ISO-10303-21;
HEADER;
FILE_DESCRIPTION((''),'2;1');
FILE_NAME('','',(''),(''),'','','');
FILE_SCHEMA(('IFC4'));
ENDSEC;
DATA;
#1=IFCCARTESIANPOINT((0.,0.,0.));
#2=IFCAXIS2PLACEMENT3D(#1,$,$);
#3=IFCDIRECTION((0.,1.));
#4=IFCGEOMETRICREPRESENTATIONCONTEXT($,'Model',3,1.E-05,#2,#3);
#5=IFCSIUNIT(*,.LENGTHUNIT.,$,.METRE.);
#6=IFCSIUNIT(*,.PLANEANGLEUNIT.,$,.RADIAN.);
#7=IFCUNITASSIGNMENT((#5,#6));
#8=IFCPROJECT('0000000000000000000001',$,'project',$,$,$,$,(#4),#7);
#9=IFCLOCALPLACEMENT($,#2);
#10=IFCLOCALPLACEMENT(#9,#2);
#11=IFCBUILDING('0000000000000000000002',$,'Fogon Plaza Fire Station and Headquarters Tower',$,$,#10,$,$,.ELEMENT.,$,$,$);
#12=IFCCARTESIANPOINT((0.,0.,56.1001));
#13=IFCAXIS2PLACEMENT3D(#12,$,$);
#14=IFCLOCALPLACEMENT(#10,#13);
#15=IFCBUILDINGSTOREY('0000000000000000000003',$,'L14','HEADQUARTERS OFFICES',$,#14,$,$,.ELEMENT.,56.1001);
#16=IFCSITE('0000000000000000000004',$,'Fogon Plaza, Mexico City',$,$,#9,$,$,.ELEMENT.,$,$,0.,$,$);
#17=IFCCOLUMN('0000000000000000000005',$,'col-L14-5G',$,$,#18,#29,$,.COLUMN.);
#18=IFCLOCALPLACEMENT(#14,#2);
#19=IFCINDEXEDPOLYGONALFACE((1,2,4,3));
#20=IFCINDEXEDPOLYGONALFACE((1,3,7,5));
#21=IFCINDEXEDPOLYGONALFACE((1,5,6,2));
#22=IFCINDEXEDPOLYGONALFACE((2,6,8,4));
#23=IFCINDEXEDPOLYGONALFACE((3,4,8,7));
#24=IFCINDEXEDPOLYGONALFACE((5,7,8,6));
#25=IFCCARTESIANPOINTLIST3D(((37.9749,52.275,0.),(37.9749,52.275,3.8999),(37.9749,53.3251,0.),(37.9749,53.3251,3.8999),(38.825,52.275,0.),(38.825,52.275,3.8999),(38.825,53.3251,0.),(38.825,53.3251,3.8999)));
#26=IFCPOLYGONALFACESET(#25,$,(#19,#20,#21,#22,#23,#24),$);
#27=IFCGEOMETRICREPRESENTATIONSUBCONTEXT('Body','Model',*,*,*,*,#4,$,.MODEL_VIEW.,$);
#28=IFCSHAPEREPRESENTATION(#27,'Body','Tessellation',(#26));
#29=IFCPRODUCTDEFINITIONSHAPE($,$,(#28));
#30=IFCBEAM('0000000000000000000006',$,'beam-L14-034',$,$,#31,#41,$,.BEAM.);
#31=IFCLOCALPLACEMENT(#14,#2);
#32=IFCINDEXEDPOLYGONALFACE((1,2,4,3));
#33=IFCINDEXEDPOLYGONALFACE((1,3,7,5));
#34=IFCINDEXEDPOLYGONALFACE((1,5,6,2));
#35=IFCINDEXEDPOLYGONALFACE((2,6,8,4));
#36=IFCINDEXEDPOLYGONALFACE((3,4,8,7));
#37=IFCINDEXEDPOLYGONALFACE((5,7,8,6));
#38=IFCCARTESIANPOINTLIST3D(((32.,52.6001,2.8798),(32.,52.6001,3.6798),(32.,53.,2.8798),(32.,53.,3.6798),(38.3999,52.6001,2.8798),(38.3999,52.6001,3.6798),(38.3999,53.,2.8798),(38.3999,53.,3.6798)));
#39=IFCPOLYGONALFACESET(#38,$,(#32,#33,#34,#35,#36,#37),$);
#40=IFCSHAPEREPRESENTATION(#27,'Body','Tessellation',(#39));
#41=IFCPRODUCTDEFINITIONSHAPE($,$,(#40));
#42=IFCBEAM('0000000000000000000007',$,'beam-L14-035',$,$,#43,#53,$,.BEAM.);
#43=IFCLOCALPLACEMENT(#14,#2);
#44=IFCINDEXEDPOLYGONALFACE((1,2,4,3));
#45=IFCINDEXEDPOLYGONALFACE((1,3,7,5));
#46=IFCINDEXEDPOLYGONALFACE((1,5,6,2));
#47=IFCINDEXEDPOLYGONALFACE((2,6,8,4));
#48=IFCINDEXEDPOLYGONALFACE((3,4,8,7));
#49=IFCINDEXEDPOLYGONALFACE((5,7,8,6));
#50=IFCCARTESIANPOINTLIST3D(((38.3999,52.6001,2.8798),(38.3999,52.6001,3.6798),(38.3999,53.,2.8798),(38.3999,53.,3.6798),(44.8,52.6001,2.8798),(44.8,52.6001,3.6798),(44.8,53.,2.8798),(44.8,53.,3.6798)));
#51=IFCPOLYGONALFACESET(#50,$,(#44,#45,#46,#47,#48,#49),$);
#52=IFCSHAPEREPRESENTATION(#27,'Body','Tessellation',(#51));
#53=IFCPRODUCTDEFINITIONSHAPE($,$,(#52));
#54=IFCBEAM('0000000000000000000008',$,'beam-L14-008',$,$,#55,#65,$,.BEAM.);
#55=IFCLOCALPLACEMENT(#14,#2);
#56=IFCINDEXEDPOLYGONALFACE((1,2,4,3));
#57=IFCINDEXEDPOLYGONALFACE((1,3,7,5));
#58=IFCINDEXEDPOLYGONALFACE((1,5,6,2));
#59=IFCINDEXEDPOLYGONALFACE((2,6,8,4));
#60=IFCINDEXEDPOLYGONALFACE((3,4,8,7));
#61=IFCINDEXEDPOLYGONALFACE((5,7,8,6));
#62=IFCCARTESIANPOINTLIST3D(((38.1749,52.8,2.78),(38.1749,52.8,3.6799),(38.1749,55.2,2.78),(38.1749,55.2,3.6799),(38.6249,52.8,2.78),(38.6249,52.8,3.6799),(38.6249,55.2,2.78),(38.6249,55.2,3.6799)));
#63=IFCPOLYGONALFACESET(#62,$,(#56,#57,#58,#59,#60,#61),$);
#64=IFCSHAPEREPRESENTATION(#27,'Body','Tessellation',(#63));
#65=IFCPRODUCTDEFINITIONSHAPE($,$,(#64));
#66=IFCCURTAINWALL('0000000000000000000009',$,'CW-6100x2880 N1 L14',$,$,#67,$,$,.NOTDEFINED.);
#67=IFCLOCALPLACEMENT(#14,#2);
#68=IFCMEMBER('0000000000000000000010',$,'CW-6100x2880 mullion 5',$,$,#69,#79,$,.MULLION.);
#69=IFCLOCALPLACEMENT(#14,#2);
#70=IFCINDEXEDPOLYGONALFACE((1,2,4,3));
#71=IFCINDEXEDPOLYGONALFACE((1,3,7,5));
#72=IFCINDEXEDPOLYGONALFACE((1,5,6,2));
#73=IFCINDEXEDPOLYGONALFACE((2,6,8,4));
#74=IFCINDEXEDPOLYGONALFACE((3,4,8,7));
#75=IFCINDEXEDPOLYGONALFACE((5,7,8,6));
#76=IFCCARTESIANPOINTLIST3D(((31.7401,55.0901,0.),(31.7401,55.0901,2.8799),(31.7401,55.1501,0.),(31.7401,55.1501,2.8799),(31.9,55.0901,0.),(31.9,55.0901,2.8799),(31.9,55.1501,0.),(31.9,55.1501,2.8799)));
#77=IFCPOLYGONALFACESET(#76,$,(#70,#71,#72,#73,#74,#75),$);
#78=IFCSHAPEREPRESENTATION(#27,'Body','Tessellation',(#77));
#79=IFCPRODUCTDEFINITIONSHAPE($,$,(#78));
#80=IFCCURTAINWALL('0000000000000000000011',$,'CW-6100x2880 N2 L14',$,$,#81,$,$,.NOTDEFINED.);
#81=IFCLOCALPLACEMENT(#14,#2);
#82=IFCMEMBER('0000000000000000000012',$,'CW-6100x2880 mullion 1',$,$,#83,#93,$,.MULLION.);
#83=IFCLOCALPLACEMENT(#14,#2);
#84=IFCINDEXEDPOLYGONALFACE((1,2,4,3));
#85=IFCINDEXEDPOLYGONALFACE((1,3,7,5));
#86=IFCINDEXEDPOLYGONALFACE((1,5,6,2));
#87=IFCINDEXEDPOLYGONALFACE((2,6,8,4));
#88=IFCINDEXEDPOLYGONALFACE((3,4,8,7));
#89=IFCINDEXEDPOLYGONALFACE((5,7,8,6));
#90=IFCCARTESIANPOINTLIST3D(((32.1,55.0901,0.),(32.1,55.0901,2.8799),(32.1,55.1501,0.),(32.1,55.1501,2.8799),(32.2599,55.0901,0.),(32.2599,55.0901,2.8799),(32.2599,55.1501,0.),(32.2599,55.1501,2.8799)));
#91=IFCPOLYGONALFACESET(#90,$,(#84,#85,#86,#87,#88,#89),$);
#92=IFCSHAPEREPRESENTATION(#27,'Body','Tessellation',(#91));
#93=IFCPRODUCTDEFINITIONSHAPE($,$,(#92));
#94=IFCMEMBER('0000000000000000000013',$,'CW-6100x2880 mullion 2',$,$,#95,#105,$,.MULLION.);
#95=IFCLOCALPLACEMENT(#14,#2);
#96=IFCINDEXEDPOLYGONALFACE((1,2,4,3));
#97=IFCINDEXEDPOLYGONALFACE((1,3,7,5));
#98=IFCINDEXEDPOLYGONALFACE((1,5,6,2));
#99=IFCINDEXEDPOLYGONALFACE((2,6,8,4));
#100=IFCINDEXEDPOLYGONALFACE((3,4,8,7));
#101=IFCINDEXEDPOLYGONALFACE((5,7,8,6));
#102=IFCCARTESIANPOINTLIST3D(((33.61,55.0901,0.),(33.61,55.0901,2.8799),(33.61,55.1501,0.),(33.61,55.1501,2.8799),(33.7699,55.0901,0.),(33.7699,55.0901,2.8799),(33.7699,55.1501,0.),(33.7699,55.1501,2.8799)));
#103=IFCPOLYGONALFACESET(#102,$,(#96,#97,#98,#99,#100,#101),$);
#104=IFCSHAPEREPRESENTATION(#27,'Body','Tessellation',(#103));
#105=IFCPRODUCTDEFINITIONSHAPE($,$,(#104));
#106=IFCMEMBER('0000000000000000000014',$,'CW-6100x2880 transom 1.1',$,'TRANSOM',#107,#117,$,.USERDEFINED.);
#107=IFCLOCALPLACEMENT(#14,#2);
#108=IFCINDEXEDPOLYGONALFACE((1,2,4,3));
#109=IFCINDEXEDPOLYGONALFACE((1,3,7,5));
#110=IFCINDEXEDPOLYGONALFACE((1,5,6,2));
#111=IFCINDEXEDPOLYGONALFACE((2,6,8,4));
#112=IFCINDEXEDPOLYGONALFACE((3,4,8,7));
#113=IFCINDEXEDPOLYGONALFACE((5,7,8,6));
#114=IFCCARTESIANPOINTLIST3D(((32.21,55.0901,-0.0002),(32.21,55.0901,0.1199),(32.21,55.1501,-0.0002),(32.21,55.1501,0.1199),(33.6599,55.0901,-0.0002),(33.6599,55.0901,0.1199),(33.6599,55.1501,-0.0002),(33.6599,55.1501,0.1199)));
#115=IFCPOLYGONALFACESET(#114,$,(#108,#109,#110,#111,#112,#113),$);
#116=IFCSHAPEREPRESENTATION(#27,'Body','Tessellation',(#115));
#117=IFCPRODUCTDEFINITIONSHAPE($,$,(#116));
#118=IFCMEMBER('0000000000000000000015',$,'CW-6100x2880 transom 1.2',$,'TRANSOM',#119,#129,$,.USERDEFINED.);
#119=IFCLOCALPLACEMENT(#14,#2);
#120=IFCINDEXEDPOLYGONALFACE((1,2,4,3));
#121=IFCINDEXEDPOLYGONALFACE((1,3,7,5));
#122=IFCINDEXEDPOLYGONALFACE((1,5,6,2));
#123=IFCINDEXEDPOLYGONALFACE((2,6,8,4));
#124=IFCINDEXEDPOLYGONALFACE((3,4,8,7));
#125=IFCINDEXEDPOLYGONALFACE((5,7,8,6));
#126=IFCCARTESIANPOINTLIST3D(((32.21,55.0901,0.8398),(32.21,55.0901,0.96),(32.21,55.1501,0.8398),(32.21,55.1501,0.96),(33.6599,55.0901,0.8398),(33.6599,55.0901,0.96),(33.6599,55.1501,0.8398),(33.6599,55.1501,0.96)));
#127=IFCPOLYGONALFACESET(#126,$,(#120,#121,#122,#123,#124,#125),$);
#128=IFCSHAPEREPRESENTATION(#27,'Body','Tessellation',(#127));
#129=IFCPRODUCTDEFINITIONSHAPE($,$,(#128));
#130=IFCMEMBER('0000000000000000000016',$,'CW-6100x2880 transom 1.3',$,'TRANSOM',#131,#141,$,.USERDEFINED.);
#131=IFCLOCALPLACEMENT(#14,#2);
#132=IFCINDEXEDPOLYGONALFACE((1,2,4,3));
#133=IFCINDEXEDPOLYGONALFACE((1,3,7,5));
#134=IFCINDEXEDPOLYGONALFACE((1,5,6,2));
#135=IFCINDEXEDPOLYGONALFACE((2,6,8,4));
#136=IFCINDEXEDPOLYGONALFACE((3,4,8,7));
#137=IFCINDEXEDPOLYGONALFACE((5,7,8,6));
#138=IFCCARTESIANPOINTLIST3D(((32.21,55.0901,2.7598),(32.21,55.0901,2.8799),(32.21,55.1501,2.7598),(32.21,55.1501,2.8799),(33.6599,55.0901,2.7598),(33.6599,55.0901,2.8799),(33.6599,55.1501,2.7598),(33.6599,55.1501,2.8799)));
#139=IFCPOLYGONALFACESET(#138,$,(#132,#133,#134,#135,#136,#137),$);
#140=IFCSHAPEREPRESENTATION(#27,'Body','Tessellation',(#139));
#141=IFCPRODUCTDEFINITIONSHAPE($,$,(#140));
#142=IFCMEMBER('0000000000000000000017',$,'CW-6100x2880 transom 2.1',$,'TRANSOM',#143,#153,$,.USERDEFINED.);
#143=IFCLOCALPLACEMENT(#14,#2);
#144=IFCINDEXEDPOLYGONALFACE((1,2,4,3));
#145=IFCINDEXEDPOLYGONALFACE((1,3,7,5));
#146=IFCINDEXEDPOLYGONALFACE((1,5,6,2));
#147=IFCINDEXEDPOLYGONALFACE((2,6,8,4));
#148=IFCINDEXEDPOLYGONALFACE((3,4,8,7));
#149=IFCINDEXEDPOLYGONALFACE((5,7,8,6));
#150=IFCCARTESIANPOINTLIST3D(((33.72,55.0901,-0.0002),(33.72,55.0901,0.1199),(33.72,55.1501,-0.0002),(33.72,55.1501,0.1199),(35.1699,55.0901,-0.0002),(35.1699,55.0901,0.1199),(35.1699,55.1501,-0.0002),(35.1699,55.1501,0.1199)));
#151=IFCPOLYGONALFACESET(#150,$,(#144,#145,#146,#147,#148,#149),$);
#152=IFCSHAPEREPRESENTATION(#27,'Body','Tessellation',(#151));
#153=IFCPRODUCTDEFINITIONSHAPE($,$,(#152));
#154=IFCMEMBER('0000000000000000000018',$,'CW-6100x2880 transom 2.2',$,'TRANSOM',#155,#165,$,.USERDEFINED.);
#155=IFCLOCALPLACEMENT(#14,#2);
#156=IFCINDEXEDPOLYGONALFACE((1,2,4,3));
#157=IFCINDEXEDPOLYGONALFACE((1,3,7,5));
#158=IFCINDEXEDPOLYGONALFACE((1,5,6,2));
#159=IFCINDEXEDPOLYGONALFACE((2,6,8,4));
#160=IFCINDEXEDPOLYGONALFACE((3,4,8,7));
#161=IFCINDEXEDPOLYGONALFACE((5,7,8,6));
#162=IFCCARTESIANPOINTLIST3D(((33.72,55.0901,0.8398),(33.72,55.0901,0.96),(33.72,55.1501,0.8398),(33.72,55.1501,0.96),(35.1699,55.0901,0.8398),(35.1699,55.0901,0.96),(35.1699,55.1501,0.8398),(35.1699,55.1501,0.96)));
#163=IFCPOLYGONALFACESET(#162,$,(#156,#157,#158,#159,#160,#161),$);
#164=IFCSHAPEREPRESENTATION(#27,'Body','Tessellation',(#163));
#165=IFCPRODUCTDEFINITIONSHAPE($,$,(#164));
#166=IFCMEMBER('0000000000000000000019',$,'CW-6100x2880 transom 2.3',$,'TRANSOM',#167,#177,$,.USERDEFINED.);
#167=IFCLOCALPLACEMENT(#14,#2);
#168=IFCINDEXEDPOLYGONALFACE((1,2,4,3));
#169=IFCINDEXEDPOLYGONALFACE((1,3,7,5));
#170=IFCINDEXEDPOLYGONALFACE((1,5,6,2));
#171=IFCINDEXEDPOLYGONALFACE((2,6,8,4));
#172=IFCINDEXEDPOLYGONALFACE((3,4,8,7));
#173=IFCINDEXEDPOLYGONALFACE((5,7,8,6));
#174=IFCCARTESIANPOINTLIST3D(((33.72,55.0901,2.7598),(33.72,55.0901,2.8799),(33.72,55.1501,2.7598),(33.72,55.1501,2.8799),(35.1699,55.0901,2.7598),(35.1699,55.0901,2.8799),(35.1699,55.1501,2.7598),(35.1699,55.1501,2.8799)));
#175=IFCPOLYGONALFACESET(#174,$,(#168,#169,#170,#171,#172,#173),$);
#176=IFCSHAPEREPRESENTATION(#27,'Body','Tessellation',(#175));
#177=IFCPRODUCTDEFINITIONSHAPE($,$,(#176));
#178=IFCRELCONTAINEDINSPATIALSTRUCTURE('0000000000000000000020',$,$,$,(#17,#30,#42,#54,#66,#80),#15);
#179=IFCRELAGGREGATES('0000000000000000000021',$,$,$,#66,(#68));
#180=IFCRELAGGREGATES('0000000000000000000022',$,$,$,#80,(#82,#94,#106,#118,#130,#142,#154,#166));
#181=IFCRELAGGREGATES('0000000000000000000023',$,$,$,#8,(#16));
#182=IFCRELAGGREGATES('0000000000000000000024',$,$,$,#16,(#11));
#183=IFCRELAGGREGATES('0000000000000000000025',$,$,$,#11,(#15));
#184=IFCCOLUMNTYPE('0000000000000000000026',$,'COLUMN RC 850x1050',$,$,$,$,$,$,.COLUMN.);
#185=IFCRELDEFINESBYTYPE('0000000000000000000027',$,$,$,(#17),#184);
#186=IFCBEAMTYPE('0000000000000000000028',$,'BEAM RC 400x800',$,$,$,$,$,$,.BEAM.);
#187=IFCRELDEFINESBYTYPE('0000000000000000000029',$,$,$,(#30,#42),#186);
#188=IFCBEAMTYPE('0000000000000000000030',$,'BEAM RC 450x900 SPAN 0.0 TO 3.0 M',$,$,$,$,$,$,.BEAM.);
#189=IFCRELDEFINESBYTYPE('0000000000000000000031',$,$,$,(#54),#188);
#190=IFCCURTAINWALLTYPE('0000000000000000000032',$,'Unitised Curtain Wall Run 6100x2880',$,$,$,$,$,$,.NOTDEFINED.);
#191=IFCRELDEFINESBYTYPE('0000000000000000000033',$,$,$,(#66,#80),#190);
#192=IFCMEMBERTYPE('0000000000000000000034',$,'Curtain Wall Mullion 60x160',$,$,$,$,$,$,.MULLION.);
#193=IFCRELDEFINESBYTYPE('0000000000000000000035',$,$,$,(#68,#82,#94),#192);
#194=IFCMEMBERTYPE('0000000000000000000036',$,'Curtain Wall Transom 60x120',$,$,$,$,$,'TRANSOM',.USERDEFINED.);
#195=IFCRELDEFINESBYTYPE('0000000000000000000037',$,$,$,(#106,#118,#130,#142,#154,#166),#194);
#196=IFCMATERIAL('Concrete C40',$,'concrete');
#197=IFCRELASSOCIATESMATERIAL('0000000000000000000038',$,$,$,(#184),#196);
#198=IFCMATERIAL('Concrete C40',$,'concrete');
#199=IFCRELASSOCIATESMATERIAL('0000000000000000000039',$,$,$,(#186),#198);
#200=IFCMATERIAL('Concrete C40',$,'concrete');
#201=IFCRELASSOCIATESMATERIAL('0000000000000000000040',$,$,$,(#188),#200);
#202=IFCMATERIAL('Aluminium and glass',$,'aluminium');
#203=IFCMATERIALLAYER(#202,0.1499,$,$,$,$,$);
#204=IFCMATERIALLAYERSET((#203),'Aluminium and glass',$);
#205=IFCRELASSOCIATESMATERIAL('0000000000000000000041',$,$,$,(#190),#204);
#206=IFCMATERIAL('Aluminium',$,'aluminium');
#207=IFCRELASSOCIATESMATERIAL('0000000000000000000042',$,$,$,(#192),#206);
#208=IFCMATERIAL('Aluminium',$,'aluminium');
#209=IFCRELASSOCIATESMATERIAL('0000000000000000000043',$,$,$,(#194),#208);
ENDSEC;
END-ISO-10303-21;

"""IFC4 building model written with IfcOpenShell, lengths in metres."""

from ifc_helpers import new_model, si_unit, direction, frame, origin, origin_2d, place, context, subcontext, project, spatial, rectangle, extrude, material, layer, layer_set, material_profile, profile_set, type_object, element, aggregate, save


model = new_model("IFC4")

# Units and contexts
model_context = context("Model", 3, precision=1e-05, world=origin(), true_north=direction((0.0, 1.0)))
body_context = subcontext(model_context, "Body", "Model", "MODEL_VIEW")
ifc_project = project(units=[si_unit("LENGTHUNIT", "METRE"), si_unit("PLANEANGLEUNIT", "RADIAN")], contexts=[model_context])

# Site, building, storey
site_placement = place(None, origin())
site = spatial("IfcSite", under=ifc_project, at=site_placement, Name="Fogon Plaza, Mexico City", CompositionType="ELEMENT", RefElevation=0.0)
building_placement = place(site_placement, origin())
building = spatial("IfcBuilding", under=site, at=building_placement, Name="Fogon Plaza Fire Station and Headquarters Tower", CompositionType="ELEMENT")
storey_placement = place(building_placement, frame((0.0, 0.0, 56.1001)))
storey = spatial("IfcBuildingStorey", under=building, at=storey_placement, Name="L14", Description="HEADQUARTERS OFFICES", CompositionType="ELEMENT", Elevation=56.1001)

# Column
ifc_material_1 = material(Name="Concrete C40", Category="concrete")
ifc_material_profile_1 = material_profile(ifc_material_1, rectangle(XDim=0.8501, YDim=1.05, at=origin_2d()), Name="RC 850x1050")
ifc_profile_set_1 = profile_set([ifc_material_profile_1], Name="Concrete C40")
column_type = type_object("IfcColumnType", Name="COLUMN RC 850x1050", PredefinedType="COLUMN", material=ifc_profile_set_1)
column_placement = place(storey_placement, frame((38.3999, 52.8, 0.0), z_axis=(0.0, 0.0, 1.0), x_axis=(1.0, 0.0, 0.0)))
element("IfcColumn", 1, at=column_placement, inside=storey, type_object=column_type, Name="col-L14-5G", PredefinedType="COLUMN", context=body_context, shape_type="SweptSolid", body=[
    extrude(rectangle(XDim=0.8501, YDim=1.05, at=origin_2d()), origin(), (0.0, 0.0, 1.0), 3.8999),
])

# Beams
ifc_material_2 = material(Name="Concrete C40", Category="concrete")
ifc_material_profile_2 = material_profile(ifc_material_2, rectangle(XDim=0.3999, YDim=0.8, at=origin_2d()), Name="RC 400x800")
ifc_profile_set_2 = profile_set([ifc_material_profile_2], Name="Concrete C40")
beam_type_1 = type_object("IfcBeamType", Name="BEAM RC 400x800", PredefinedType="BEAM", material=ifc_profile_set_2)
beam_1_placement = place(storey_placement, frame((32.0, 52.8, 3.2798), z_axis=(1.0, 0.0, 0.0), x_axis=(0.0, 1.0, 0.0)))
element("IfcBeam", 2, at=beam_1_placement, inside=storey, type_object=beam_type_1, Name="beam-L14-034", PredefinedType="BEAM", context=body_context, shape_type="SweptSolid", body=[
    extrude(rectangle(XDim=0.3999, YDim=0.8, at=origin_2d()), origin(), (0.0, 0.0, 1.0), 6.3999),
])
beam_2_placement = place(storey_placement, frame((38.3999, 52.8, 3.2798), z_axis=(1.0, 0.0, 0.0), x_axis=(0.0, 1.0, 0.0)))
element("IfcBeam", 3, at=beam_2_placement, inside=storey, type_object=beam_type_1, Name="beam-L14-035", PredefinedType="BEAM", context=body_context, shape_type="SweptSolid", body=[
    extrude(rectangle(XDim=0.3999, YDim=0.8, at=origin_2d()), origin(), (0.0, 0.0, 1.0), 6.4001),
])
ifc_material_3 = material(Name="Concrete C40", Category="concrete")
ifc_material_profile_3 = material_profile(ifc_material_3, rectangle(XDim=0.45, YDim=0.8999, at=origin_2d()), Name="RC 450x900")
ifc_profile_set_3 = profile_set([ifc_material_profile_3], Name="Concrete C40")
beam_type_2 = type_object("IfcBeamType", Name="BEAM RC 450x900 SPAN 0.0 TO 3.0 M", PredefinedType="BEAM", material=ifc_profile_set_3)
beam_3_placement = place(storey_placement, frame((38.3999, 52.8, 3.23), z_axis=(0.0, 1.0, 0.0), x_axis=(-1.0, 0.0, 0.0)))
element("IfcBeam", 4, at=beam_3_placement, inside=storey, type_object=beam_type_2, Name="beam-L14-008", PredefinedType="BEAM", context=body_context, shape_type="SweptSolid", body=[
    extrude(rectangle(XDim=0.45, YDim=0.8999, at=origin_2d()), origin(), (0.0, 0.0, 1.0), 2.3999),
])

# Curtain wall, member
ifc_material_4 = material(Name="Aluminium and glass", Category="aluminium")
ifc_layer_1 = layer(ifc_material_4, 0.1499)
ifc_layer_set_1 = layer_set([ifc_layer_1], Name="Aluminium and glass")
curtain_wall_type = type_object("IfcCurtainWallType", Name="Unitised Curtain Wall Run 6100x2880", PredefinedType="NOTDEFINED", material=ifc_layer_set_1)
curtain_wall_1_placement = place(storey_placement, origin())
curtain_wall_1 = element("IfcCurtainWall", 5, at=curtain_wall_1_placement, inside=storey, type_object=curtain_wall_type, Name="CW-6100x2880 N1 L14", PredefinedType="NOTDEFINED")
ifc_material_5 = material(Name="Aluminium", Category="aluminium")
ifc_material_profile_4 = material_profile(ifc_material_5, rectangle(XDim=0.0601, YDim=0.1599, at=origin_2d()), Name="Curtain Wall Mullion 60x160")
ifc_profile_set_4 = profile_set([ifc_material_profile_4], Name="Aluminium")
member_type_1 = type_object("IfcMemberType", Name="Curtain Wall Mullion 60x160", PredefinedType="MULLION", material=ifc_profile_set_4)
member_1_placement = place(storey_placement, frame((31.8201, 55.1201, 0.0), z_axis=(0.0, 0.0, 1.0), x_axis=(0.0, 1.0, 0.0)))
member_1 = element("IfcMember", 6, at=member_1_placement, type_object=member_type_1, Name="CW-6100x2880 mullion 5", PredefinedType="MULLION", context=body_context, shape_type="SweptSolid", body=[
    extrude(rectangle(XDim=0.0601, YDim=0.1599, at=origin_2d()), origin(), (0.0, 0.0, 1.0), 2.8799),
])
aggregate(curtain_wall_1, [member_1])

# Curtain wall, members
curtain_wall_2_placement = place(storey_placement, origin())
curtain_wall_2 = element("IfcCurtainWall", 7, at=curtain_wall_2_placement, inside=storey, type_object=curtain_wall_type, Name="CW-6100x2880 N2 L14", PredefinedType="NOTDEFINED")
member_2_placement = place(storey_placement, frame((32.1799, 55.1201, 0.0), z_axis=(0.0, 0.0, 1.0), x_axis=(0.0, 1.0, 0.0)))
member_2 = element("IfcMember", 8, at=member_2_placement, type_object=member_type_1, Name="CW-6100x2880 mullion 1", PredefinedType="MULLION", context=body_context, shape_type="SweptSolid", body=[
    extrude(rectangle(XDim=0.0601, YDim=0.1599, at=origin_2d()), origin(), (0.0, 0.0, 1.0), 2.8799),
])
member_3_placement = place(storey_placement, frame((33.6899, 55.1201, 0.0), z_axis=(0.0, 0.0, 1.0), x_axis=(0.0, 1.0, 0.0)))
member_3 = element("IfcMember", 9, at=member_3_placement, type_object=member_type_1, Name="CW-6100x2880 mullion 2", PredefinedType="MULLION", context=body_context, shape_type="SweptSolid", body=[
    extrude(rectangle(XDim=0.0601, YDim=0.1599, at=origin_2d()), origin(), (0.0, 0.0, 1.0), 2.8799),
])
ifc_material_6 = material(Name="Aluminium", Category="aluminium")
ifc_material_profile_5 = material_profile(ifc_material_6, rectangle(XDim=0.0601, YDim=0.1201, at=origin_2d()), Name="Curtain Wall Transom 60x120")
ifc_profile_set_5 = profile_set([ifc_material_profile_5], Name="Aluminium")
member_type_2 = type_object("IfcMemberType", Name="Curtain Wall Transom 60x120", ElementType="TRANSOM", PredefinedType="USERDEFINED", material=ifc_profile_set_5)
member_4_placement = place(storey_placement, frame((32.21, 55.1201, 0.0598), z_axis=(1.0, 0.0, 0.0), x_axis=(0.0, 1.0, 0.0)))
member_4 = element("IfcMember", 10, at=member_4_placement, type_object=member_type_2, Name="CW-6100x2880 transom 1.1", ObjectType="TRANSOM", PredefinedType="USERDEFINED", context=body_context, shape_type="SweptSolid", body=[
    extrude(rectangle(XDim=0.0601, YDim=0.1201, at=origin_2d()), origin(), (0.0, 0.0, 1.0), 1.45),
])
member_5_placement = place(storey_placement, frame((32.21, 55.1201, 0.8999), z_axis=(1.0, 0.0, 0.0), x_axis=(0.0, 1.0, 0.0)))
member_5 = element("IfcMember", 11, at=member_5_placement, type_object=member_type_2, Name="CW-6100x2880 transom 1.2", ObjectType="TRANSOM", PredefinedType="USERDEFINED", context=body_context, shape_type="SweptSolid", body=[
    extrude(rectangle(XDim=0.0601, YDim=0.1201, at=origin_2d()), origin(), (0.0, 0.0, 1.0), 1.45),
])
member_6_placement = place(storey_placement, frame((32.21, 55.1201, 2.8198), z_axis=(1.0, 0.0, 0.0), x_axis=(0.0, 1.0, 0.0)))
member_6 = element("IfcMember", 12, at=member_6_placement, type_object=member_type_2, Name="CW-6100x2880 transom 1.3", ObjectType="TRANSOM", PredefinedType="USERDEFINED", context=body_context, shape_type="SweptSolid", body=[
    extrude(rectangle(XDim=0.0601, YDim=0.1201, at=origin_2d()), origin(), (0.0, 0.0, 1.0), 1.45),
])
member_7_placement = place(storey_placement, frame((33.72, 55.1201, 0.0598), z_axis=(1.0, 0.0, 0.0), x_axis=(0.0, 1.0, 0.0)))
member_7 = element("IfcMember", 13, at=member_7_placement, type_object=member_type_2, Name="CW-6100x2880 transom 2.1", ObjectType="TRANSOM", PredefinedType="USERDEFINED", context=body_context, shape_type="SweptSolid", body=[
    extrude(rectangle(XDim=0.0601, YDim=0.1201, at=origin_2d()), origin(), (0.0, 0.0, 1.0), 1.45),
])
member_8_placement = place(storey_placement, frame((33.72, 55.1201, 0.8999), z_axis=(1.0, 0.0, 0.0), x_axis=(0.0, 1.0, 0.0)))
member_8 = element("IfcMember", 14, at=member_8_placement, type_object=member_type_2, Name="CW-6100x2880 transom 2.2", ObjectType="TRANSOM", PredefinedType="USERDEFINED", context=body_context, shape_type="SweptSolid", body=[
    extrude(rectangle(XDim=0.0601, YDim=0.1201, at=origin_2d()), origin(), (0.0, 0.0, 1.0), 1.45),
])
member_9_placement = place(storey_placement, frame((33.72, 55.1201, 2.8198), z_axis=(1.0, 0.0, 0.0), x_axis=(0.0, 1.0, 0.0)))
member_9 = element("IfcMember", 15, at=member_9_placement, type_object=member_type_2, Name="CW-6100x2880 transom 2.3", ObjectType="TRANSOM", PredefinedType="USERDEFINED", context=body_context, shape_type="SweptSolid", body=[
    extrude(rectangle(XDim=0.0601, YDim=0.1201, at=origin_2d()), origin(), (0.0, 0.0, 1.0), 1.45),
])

aggregate(curtain_wall_2, [member_2, member_3, member_4, member_5, member_6, member_7, member_8, member_9])

save(model, "model.ifc")
